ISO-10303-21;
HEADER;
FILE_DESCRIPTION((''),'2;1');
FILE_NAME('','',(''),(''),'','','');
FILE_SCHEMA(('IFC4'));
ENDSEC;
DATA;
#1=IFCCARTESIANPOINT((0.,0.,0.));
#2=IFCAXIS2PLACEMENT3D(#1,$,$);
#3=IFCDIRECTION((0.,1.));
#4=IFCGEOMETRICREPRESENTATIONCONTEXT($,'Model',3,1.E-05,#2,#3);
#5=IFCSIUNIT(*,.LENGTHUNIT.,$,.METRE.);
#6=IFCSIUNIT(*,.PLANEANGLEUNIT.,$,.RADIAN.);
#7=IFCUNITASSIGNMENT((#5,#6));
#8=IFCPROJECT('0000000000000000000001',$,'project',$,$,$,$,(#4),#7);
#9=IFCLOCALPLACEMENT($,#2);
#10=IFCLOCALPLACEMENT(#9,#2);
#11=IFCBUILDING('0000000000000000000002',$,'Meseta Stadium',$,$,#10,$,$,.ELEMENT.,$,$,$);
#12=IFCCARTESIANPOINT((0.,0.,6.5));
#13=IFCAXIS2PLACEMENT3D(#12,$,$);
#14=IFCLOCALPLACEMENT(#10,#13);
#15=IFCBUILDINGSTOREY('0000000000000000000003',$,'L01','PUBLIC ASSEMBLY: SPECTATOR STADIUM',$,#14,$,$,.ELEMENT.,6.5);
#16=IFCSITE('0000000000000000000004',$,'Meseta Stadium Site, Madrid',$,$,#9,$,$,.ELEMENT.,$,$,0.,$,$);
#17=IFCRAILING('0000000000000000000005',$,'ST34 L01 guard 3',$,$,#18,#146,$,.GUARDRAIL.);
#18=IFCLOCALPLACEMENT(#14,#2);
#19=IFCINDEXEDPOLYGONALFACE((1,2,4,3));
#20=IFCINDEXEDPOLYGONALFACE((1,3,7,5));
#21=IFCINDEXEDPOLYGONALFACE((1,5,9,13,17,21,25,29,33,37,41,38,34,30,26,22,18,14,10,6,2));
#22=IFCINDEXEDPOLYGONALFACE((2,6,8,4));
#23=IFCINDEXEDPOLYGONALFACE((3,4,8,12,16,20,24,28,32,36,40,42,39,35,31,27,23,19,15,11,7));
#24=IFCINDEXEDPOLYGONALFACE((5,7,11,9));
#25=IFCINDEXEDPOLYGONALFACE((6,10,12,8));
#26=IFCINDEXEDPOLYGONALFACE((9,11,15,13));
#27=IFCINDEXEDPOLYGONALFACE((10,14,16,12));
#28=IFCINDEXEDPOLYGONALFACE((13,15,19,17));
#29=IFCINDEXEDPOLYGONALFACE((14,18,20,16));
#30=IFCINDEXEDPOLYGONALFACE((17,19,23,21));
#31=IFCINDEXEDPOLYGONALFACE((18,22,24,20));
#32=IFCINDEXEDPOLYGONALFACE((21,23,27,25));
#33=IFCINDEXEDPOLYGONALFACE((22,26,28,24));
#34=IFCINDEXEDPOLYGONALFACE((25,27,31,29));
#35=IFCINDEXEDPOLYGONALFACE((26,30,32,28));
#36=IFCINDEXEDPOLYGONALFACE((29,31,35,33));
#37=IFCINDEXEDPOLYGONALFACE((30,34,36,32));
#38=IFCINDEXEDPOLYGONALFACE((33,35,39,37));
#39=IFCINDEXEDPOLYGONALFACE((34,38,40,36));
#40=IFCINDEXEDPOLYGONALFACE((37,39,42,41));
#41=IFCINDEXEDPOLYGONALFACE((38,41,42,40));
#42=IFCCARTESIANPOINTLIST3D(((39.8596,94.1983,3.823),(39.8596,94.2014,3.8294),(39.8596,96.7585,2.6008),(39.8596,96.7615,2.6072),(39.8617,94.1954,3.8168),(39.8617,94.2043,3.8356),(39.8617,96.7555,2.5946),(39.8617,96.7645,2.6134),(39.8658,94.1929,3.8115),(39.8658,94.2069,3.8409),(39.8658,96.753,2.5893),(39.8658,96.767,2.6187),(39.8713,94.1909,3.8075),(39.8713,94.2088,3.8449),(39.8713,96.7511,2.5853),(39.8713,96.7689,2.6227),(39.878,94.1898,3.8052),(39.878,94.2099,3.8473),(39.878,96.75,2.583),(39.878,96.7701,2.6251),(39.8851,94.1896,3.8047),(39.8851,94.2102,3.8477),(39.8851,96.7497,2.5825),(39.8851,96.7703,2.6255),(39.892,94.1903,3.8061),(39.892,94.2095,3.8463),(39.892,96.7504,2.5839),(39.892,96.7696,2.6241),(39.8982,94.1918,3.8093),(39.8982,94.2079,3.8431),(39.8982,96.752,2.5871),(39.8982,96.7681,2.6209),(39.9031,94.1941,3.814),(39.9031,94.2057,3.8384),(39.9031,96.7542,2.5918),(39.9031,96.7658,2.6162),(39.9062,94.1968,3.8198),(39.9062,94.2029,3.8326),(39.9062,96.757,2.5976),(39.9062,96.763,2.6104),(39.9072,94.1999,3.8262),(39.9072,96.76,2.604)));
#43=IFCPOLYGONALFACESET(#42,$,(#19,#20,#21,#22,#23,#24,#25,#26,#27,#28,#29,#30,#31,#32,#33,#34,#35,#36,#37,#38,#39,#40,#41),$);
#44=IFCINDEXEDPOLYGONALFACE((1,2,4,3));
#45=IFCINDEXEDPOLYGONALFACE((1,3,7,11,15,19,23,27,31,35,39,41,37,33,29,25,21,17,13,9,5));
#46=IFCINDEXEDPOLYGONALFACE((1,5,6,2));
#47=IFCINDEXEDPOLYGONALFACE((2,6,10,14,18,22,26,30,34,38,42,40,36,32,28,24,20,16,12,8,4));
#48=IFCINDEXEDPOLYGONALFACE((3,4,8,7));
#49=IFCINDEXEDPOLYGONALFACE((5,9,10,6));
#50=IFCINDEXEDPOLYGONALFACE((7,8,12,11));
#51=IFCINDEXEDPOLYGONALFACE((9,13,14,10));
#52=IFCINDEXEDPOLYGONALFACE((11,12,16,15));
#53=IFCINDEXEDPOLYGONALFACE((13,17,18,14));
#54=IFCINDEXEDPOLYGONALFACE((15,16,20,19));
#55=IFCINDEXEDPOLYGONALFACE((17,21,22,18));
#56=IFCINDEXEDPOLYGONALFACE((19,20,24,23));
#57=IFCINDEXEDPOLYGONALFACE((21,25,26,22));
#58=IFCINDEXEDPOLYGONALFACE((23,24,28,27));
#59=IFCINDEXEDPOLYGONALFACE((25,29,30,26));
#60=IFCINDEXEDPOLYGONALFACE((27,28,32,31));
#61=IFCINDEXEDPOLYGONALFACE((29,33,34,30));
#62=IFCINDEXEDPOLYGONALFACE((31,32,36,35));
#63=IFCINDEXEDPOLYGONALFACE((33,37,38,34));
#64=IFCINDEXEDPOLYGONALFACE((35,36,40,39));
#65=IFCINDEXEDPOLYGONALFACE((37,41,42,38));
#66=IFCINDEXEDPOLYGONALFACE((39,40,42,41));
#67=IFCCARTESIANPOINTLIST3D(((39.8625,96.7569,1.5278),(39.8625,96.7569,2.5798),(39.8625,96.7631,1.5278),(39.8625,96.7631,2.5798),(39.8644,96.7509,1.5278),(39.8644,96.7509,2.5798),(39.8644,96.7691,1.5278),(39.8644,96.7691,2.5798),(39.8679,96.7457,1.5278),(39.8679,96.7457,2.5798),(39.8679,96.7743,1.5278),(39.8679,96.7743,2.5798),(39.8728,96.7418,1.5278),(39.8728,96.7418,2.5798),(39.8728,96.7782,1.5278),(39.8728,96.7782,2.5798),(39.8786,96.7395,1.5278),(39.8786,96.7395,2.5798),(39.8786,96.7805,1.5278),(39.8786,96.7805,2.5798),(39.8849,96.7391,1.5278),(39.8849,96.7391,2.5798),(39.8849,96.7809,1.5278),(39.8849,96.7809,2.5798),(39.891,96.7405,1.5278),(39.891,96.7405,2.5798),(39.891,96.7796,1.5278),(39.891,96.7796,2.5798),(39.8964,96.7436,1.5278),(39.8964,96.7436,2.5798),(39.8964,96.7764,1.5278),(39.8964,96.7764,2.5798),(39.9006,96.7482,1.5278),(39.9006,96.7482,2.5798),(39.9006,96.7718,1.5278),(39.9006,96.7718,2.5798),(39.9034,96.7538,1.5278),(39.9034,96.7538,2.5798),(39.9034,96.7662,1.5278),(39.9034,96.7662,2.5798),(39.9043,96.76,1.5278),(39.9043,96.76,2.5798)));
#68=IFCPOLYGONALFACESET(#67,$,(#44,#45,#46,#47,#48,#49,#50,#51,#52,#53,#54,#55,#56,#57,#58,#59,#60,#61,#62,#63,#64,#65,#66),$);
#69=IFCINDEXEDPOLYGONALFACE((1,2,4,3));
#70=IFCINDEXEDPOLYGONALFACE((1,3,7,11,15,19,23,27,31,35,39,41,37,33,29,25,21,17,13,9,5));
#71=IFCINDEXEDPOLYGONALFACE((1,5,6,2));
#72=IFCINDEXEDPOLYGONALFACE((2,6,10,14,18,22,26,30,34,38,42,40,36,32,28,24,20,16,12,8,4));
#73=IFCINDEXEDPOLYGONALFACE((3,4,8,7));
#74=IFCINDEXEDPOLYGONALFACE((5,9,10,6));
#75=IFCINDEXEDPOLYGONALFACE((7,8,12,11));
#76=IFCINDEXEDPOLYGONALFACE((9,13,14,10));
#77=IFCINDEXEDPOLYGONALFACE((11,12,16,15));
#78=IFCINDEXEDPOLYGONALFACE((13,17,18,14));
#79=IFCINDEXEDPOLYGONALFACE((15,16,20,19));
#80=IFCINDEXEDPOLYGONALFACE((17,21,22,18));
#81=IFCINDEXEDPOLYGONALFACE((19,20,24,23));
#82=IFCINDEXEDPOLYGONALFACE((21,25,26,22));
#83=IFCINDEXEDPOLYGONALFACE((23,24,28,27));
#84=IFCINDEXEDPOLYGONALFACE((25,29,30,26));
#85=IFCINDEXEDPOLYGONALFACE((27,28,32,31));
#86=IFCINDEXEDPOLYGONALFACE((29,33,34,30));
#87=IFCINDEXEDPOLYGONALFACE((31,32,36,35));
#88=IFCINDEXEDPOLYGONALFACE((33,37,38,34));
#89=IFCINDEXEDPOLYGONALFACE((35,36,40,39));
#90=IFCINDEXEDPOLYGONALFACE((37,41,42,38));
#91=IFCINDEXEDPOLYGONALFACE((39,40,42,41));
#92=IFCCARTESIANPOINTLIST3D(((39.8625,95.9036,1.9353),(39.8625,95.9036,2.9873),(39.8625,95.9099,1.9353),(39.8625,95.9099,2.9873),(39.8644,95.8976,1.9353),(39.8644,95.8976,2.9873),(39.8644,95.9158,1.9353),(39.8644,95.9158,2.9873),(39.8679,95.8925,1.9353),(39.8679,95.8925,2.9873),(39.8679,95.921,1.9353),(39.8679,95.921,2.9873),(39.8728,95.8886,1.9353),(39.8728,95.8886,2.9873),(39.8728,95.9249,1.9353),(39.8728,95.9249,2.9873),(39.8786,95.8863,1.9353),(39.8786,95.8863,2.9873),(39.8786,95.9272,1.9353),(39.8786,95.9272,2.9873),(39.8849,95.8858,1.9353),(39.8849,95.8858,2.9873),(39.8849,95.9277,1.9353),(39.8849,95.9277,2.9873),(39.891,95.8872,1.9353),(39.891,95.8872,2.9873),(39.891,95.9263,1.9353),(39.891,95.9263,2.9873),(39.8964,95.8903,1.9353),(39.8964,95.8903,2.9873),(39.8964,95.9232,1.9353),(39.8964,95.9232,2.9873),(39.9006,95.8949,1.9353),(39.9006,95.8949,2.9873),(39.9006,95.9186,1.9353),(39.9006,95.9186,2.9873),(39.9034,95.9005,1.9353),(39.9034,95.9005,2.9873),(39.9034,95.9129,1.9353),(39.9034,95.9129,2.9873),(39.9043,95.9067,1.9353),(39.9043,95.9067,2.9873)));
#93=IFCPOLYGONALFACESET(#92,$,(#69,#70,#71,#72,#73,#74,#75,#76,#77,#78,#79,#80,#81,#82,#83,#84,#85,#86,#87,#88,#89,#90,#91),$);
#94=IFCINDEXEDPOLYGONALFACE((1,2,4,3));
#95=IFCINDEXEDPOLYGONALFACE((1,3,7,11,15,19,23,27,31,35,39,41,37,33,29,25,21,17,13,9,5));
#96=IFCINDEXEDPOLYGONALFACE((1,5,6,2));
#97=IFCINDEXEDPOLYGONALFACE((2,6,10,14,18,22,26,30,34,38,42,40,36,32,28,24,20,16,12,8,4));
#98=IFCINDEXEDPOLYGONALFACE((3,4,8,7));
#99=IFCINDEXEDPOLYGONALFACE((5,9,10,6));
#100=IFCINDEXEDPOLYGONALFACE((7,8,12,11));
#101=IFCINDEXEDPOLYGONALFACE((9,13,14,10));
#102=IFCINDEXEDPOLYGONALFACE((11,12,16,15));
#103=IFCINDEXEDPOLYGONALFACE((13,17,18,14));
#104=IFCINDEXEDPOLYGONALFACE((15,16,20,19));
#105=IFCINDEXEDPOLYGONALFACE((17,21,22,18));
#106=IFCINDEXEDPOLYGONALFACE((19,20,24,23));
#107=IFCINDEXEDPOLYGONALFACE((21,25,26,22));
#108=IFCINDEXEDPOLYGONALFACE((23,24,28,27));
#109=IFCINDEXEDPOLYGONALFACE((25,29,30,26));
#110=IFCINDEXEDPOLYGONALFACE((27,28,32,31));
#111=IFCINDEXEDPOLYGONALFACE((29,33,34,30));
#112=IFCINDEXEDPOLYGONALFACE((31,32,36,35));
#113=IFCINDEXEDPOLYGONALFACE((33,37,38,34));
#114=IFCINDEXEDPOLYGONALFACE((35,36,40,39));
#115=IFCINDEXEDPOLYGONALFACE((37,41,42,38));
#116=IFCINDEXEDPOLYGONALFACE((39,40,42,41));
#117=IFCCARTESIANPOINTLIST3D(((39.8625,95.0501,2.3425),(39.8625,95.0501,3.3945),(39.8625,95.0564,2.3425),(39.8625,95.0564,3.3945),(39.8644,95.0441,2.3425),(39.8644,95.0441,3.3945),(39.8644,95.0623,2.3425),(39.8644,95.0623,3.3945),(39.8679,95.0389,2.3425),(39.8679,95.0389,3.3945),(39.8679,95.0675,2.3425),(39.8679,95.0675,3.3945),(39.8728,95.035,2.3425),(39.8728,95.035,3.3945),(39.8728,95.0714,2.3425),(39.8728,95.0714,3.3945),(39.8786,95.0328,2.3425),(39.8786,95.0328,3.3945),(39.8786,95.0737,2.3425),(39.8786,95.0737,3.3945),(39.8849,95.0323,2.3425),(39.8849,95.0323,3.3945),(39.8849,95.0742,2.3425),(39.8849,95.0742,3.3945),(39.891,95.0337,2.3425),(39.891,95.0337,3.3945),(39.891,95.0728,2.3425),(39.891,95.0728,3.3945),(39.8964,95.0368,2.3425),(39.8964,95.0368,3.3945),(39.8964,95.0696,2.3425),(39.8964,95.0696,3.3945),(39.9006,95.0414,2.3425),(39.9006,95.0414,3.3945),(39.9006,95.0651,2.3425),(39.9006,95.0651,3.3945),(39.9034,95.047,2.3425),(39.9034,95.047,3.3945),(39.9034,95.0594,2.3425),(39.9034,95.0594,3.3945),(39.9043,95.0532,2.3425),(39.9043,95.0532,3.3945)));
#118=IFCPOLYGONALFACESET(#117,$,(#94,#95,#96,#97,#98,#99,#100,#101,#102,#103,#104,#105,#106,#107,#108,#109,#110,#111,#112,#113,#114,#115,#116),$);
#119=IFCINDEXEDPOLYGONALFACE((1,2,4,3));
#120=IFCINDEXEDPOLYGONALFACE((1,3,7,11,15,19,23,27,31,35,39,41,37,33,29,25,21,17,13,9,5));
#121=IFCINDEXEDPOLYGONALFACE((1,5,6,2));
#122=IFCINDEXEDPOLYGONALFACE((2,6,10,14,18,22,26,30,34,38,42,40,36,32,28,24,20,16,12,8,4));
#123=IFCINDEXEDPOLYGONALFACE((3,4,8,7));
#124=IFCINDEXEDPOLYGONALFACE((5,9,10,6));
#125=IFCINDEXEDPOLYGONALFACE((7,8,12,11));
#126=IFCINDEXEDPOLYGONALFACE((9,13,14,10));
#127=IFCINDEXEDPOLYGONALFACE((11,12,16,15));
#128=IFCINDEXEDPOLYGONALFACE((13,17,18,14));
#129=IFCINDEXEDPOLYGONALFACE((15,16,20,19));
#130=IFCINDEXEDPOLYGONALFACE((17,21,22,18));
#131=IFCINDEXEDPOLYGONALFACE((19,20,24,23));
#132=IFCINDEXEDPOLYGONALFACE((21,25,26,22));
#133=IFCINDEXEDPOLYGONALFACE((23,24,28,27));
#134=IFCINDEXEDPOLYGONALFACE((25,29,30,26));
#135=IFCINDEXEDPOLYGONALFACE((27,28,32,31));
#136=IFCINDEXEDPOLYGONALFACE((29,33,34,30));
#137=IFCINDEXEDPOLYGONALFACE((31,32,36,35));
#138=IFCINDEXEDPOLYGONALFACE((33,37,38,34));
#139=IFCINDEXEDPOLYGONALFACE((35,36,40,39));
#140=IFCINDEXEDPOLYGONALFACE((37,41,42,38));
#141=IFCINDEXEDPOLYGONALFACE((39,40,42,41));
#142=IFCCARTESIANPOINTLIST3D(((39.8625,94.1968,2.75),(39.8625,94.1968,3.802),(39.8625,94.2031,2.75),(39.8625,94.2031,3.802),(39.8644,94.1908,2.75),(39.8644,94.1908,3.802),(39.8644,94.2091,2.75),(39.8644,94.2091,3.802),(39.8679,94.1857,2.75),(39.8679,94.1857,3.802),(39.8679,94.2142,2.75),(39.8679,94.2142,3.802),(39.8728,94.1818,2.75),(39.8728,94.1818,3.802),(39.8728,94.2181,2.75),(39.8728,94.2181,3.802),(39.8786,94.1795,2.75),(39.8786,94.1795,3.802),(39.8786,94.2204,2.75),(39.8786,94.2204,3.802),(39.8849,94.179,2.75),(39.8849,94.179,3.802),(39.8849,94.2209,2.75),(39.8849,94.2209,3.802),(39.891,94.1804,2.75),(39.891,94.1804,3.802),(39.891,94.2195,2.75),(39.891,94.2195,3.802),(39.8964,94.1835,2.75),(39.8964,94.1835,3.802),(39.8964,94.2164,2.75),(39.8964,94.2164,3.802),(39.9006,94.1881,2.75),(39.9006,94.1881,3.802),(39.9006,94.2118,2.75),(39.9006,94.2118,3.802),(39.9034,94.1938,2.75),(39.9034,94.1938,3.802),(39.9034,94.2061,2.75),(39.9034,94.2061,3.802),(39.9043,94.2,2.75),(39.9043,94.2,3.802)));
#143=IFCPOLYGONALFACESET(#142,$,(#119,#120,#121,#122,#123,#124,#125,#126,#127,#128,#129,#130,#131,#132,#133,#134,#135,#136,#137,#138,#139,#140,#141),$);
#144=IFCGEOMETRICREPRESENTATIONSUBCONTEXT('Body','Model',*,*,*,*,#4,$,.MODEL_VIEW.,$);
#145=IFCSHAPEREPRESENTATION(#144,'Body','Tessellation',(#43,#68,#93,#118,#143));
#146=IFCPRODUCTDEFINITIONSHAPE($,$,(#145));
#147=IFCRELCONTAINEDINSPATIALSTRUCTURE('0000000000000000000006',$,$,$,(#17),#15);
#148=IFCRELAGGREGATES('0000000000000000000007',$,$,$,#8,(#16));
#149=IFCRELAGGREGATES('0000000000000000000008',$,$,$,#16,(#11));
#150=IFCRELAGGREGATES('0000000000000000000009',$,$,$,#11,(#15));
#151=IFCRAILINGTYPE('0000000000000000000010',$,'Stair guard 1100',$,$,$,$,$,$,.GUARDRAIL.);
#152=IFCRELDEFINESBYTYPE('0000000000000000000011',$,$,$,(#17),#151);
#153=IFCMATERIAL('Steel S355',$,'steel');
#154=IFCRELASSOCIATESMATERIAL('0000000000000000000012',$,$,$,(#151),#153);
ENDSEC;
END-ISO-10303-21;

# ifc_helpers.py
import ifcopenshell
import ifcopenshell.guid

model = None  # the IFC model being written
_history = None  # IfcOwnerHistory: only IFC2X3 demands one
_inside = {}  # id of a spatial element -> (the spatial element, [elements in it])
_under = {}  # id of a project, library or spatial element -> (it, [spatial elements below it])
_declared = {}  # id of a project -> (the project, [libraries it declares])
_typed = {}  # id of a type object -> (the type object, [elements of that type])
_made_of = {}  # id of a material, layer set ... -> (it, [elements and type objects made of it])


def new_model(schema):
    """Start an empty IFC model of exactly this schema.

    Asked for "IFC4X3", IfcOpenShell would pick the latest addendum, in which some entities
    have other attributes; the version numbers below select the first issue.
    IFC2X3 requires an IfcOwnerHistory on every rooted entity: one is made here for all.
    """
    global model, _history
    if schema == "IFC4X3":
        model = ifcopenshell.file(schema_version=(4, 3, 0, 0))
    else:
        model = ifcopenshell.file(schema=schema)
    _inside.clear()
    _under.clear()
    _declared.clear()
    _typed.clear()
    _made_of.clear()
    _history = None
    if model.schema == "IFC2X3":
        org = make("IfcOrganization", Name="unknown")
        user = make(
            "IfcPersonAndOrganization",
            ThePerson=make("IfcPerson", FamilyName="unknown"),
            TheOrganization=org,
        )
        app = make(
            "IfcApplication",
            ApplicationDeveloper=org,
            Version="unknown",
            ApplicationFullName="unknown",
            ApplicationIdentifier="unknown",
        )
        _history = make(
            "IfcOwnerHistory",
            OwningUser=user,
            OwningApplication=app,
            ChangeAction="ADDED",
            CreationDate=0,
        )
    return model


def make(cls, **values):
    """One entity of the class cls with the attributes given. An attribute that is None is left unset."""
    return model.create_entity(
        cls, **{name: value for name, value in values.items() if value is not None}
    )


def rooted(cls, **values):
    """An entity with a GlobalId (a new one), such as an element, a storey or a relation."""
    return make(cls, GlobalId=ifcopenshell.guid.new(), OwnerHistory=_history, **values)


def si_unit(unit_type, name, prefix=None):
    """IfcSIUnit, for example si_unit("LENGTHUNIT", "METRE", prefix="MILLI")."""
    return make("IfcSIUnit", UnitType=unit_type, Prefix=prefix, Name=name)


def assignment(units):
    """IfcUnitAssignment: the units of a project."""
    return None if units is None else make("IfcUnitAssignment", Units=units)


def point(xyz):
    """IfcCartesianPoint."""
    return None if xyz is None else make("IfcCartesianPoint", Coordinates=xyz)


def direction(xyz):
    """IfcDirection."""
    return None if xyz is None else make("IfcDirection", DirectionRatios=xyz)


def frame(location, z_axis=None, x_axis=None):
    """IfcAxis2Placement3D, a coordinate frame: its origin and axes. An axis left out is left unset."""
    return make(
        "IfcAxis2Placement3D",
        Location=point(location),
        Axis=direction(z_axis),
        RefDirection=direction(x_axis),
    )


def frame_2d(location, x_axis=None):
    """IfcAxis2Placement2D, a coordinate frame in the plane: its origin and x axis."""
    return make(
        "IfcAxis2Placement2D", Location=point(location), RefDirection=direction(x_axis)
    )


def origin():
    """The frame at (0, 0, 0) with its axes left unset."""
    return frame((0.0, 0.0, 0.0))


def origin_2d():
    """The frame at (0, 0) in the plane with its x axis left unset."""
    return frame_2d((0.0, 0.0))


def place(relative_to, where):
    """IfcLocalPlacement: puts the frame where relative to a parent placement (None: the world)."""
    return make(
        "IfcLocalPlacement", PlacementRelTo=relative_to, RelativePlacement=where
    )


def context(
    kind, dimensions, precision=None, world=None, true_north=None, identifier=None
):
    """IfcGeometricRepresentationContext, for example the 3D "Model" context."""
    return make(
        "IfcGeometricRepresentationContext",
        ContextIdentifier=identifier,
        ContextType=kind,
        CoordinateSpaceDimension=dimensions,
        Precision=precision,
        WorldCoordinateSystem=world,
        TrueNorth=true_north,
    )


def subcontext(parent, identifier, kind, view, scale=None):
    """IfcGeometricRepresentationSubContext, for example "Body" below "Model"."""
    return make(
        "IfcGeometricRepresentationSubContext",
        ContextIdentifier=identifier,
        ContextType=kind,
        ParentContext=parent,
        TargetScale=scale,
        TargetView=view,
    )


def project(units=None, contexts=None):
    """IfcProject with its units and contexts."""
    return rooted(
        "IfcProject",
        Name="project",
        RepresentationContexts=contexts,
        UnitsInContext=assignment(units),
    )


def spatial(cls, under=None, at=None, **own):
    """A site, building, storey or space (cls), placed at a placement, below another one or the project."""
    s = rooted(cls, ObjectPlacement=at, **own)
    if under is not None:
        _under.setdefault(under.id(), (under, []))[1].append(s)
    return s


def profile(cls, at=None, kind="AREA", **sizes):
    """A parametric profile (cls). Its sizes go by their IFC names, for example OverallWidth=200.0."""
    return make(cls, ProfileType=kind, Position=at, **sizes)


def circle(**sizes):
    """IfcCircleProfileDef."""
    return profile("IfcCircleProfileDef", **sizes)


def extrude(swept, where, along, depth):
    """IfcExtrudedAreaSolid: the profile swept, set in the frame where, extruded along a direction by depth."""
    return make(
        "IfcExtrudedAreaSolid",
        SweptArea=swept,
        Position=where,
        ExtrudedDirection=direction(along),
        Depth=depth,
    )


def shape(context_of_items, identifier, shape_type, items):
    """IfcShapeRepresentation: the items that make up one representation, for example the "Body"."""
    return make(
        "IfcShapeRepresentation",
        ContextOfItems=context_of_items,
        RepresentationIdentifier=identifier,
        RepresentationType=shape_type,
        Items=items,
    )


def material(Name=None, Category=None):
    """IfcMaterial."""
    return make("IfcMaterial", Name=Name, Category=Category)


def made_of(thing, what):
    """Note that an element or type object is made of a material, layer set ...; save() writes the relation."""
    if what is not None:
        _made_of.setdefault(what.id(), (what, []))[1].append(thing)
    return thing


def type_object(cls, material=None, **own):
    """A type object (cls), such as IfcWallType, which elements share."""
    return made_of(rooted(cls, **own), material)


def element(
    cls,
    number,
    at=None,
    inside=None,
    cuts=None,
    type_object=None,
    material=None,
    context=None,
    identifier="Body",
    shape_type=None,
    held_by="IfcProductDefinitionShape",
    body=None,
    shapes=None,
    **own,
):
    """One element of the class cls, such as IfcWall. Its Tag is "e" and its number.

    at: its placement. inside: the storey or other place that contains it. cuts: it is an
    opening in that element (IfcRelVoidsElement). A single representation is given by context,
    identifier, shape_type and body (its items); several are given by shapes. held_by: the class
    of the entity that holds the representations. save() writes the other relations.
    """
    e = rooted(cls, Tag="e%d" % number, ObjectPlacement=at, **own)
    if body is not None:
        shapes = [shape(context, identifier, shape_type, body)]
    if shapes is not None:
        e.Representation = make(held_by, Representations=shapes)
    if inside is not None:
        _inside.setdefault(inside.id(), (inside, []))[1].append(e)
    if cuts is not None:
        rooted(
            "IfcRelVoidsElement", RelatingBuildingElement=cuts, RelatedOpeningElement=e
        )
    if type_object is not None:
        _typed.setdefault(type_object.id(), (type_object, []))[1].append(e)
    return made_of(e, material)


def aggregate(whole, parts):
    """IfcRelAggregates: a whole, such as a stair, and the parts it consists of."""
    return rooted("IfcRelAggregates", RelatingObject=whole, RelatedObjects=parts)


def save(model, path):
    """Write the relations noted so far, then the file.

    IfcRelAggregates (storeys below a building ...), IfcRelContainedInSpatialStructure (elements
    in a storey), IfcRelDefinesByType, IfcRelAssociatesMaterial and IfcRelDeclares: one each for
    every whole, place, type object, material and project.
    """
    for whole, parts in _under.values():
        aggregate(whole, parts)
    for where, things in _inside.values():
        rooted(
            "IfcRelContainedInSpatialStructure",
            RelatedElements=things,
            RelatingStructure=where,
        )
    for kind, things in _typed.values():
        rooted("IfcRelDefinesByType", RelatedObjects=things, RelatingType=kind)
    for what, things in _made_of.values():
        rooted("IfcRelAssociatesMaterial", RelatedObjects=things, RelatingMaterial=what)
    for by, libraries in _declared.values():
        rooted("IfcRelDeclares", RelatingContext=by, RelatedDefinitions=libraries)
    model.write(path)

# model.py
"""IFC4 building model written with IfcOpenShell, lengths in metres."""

from ifc_helpers import new_model, si_unit, direction, frame, origin, origin_2d, place, context, subcontext, project, spatial, circle, extrude, material, type_object, element, save


model = new_model("IFC4")

# Units and contexts
model_context = context("Model", 3, precision=1e-05, world=origin(), true_north=direction((0.0, 1.0)))
body_context = subcontext(model_context, "Body", "Model", "MODEL_VIEW")
ifc_project = project(units=[si_unit("LENGTHUNIT", "METRE"), si_unit("PLANEANGLEUNIT", "RADIAN")], contexts=[model_context])

# Site, building, storey
site_placement = place(None, origin())
site = spatial("IfcSite", under=ifc_project, at=site_placement, Name="Meseta Stadium Site, Madrid", CompositionType="ELEMENT", RefElevation=0.0)
building_placement = place(site_placement, origin())
building = spatial("IfcBuilding", under=site, at=building_placement, Name="Meseta Stadium", CompositionType="ELEMENT")
storey_placement = place(building_placement, frame((0.0, 0.0, 6.5)))
storey = spatial("IfcBuildingStorey", under=building, at=storey_placement, Name="L01", Description="PUBLIC ASSEMBLY: SPECTATOR STADIUM", CompositionType="ELEMENT", Elevation=6.5)

# Railing
ifc_material_1 = material(Name="Steel S355", Category="steel")
railing_type_1 = type_object("IfcRailingType", Name="Stair guard 1100", PredefinedType="GUARDRAIL", material=ifc_material_1)
railing_1_placement = place(storey_placement, frame((39.8833, 96.76, 1.5278)))
element("IfcRailing", 1, at=railing_1_placement, inside=storey, type_object=railing_type_1, Name="ST34 L01 guard 3", PredefinedType="GUARDRAIL", context=body_context, shape_type="SweptSolid", body=[
    extrude(circle(Radius=0.0239, at=origin_2d()), frame((0.0, 0.0, 1.0762), z_axis=(0.0, -0.902437, 0.430822), x_axis=(1.0, 0.0, 0.0)), (0.0, 0.0, 1.0), 2.8369),
    extrude(circle(Radius=0.021, at=origin_2d()), origin(), (0.0, 0.0, 1.0), 1.052),
    extrude(circle(Radius=0.021, at=origin_2d()), frame((0.0, -0.8533, 0.4075)), (0.0, 0.0, 1.0), 1.052),
    extrude(circle(Radius=0.021, at=origin_2d()), frame((0.0, -1.7068, 0.8147)), (0.0, 0.0, 1.0), 1.052),
    extrude(circle(Radius=0.021, at=origin_2d()), frame((0.0, -2.5601, 1.2222)), (0.0, 0.0, 1.0), 1.052),
])

save(model, "model.ifc")
